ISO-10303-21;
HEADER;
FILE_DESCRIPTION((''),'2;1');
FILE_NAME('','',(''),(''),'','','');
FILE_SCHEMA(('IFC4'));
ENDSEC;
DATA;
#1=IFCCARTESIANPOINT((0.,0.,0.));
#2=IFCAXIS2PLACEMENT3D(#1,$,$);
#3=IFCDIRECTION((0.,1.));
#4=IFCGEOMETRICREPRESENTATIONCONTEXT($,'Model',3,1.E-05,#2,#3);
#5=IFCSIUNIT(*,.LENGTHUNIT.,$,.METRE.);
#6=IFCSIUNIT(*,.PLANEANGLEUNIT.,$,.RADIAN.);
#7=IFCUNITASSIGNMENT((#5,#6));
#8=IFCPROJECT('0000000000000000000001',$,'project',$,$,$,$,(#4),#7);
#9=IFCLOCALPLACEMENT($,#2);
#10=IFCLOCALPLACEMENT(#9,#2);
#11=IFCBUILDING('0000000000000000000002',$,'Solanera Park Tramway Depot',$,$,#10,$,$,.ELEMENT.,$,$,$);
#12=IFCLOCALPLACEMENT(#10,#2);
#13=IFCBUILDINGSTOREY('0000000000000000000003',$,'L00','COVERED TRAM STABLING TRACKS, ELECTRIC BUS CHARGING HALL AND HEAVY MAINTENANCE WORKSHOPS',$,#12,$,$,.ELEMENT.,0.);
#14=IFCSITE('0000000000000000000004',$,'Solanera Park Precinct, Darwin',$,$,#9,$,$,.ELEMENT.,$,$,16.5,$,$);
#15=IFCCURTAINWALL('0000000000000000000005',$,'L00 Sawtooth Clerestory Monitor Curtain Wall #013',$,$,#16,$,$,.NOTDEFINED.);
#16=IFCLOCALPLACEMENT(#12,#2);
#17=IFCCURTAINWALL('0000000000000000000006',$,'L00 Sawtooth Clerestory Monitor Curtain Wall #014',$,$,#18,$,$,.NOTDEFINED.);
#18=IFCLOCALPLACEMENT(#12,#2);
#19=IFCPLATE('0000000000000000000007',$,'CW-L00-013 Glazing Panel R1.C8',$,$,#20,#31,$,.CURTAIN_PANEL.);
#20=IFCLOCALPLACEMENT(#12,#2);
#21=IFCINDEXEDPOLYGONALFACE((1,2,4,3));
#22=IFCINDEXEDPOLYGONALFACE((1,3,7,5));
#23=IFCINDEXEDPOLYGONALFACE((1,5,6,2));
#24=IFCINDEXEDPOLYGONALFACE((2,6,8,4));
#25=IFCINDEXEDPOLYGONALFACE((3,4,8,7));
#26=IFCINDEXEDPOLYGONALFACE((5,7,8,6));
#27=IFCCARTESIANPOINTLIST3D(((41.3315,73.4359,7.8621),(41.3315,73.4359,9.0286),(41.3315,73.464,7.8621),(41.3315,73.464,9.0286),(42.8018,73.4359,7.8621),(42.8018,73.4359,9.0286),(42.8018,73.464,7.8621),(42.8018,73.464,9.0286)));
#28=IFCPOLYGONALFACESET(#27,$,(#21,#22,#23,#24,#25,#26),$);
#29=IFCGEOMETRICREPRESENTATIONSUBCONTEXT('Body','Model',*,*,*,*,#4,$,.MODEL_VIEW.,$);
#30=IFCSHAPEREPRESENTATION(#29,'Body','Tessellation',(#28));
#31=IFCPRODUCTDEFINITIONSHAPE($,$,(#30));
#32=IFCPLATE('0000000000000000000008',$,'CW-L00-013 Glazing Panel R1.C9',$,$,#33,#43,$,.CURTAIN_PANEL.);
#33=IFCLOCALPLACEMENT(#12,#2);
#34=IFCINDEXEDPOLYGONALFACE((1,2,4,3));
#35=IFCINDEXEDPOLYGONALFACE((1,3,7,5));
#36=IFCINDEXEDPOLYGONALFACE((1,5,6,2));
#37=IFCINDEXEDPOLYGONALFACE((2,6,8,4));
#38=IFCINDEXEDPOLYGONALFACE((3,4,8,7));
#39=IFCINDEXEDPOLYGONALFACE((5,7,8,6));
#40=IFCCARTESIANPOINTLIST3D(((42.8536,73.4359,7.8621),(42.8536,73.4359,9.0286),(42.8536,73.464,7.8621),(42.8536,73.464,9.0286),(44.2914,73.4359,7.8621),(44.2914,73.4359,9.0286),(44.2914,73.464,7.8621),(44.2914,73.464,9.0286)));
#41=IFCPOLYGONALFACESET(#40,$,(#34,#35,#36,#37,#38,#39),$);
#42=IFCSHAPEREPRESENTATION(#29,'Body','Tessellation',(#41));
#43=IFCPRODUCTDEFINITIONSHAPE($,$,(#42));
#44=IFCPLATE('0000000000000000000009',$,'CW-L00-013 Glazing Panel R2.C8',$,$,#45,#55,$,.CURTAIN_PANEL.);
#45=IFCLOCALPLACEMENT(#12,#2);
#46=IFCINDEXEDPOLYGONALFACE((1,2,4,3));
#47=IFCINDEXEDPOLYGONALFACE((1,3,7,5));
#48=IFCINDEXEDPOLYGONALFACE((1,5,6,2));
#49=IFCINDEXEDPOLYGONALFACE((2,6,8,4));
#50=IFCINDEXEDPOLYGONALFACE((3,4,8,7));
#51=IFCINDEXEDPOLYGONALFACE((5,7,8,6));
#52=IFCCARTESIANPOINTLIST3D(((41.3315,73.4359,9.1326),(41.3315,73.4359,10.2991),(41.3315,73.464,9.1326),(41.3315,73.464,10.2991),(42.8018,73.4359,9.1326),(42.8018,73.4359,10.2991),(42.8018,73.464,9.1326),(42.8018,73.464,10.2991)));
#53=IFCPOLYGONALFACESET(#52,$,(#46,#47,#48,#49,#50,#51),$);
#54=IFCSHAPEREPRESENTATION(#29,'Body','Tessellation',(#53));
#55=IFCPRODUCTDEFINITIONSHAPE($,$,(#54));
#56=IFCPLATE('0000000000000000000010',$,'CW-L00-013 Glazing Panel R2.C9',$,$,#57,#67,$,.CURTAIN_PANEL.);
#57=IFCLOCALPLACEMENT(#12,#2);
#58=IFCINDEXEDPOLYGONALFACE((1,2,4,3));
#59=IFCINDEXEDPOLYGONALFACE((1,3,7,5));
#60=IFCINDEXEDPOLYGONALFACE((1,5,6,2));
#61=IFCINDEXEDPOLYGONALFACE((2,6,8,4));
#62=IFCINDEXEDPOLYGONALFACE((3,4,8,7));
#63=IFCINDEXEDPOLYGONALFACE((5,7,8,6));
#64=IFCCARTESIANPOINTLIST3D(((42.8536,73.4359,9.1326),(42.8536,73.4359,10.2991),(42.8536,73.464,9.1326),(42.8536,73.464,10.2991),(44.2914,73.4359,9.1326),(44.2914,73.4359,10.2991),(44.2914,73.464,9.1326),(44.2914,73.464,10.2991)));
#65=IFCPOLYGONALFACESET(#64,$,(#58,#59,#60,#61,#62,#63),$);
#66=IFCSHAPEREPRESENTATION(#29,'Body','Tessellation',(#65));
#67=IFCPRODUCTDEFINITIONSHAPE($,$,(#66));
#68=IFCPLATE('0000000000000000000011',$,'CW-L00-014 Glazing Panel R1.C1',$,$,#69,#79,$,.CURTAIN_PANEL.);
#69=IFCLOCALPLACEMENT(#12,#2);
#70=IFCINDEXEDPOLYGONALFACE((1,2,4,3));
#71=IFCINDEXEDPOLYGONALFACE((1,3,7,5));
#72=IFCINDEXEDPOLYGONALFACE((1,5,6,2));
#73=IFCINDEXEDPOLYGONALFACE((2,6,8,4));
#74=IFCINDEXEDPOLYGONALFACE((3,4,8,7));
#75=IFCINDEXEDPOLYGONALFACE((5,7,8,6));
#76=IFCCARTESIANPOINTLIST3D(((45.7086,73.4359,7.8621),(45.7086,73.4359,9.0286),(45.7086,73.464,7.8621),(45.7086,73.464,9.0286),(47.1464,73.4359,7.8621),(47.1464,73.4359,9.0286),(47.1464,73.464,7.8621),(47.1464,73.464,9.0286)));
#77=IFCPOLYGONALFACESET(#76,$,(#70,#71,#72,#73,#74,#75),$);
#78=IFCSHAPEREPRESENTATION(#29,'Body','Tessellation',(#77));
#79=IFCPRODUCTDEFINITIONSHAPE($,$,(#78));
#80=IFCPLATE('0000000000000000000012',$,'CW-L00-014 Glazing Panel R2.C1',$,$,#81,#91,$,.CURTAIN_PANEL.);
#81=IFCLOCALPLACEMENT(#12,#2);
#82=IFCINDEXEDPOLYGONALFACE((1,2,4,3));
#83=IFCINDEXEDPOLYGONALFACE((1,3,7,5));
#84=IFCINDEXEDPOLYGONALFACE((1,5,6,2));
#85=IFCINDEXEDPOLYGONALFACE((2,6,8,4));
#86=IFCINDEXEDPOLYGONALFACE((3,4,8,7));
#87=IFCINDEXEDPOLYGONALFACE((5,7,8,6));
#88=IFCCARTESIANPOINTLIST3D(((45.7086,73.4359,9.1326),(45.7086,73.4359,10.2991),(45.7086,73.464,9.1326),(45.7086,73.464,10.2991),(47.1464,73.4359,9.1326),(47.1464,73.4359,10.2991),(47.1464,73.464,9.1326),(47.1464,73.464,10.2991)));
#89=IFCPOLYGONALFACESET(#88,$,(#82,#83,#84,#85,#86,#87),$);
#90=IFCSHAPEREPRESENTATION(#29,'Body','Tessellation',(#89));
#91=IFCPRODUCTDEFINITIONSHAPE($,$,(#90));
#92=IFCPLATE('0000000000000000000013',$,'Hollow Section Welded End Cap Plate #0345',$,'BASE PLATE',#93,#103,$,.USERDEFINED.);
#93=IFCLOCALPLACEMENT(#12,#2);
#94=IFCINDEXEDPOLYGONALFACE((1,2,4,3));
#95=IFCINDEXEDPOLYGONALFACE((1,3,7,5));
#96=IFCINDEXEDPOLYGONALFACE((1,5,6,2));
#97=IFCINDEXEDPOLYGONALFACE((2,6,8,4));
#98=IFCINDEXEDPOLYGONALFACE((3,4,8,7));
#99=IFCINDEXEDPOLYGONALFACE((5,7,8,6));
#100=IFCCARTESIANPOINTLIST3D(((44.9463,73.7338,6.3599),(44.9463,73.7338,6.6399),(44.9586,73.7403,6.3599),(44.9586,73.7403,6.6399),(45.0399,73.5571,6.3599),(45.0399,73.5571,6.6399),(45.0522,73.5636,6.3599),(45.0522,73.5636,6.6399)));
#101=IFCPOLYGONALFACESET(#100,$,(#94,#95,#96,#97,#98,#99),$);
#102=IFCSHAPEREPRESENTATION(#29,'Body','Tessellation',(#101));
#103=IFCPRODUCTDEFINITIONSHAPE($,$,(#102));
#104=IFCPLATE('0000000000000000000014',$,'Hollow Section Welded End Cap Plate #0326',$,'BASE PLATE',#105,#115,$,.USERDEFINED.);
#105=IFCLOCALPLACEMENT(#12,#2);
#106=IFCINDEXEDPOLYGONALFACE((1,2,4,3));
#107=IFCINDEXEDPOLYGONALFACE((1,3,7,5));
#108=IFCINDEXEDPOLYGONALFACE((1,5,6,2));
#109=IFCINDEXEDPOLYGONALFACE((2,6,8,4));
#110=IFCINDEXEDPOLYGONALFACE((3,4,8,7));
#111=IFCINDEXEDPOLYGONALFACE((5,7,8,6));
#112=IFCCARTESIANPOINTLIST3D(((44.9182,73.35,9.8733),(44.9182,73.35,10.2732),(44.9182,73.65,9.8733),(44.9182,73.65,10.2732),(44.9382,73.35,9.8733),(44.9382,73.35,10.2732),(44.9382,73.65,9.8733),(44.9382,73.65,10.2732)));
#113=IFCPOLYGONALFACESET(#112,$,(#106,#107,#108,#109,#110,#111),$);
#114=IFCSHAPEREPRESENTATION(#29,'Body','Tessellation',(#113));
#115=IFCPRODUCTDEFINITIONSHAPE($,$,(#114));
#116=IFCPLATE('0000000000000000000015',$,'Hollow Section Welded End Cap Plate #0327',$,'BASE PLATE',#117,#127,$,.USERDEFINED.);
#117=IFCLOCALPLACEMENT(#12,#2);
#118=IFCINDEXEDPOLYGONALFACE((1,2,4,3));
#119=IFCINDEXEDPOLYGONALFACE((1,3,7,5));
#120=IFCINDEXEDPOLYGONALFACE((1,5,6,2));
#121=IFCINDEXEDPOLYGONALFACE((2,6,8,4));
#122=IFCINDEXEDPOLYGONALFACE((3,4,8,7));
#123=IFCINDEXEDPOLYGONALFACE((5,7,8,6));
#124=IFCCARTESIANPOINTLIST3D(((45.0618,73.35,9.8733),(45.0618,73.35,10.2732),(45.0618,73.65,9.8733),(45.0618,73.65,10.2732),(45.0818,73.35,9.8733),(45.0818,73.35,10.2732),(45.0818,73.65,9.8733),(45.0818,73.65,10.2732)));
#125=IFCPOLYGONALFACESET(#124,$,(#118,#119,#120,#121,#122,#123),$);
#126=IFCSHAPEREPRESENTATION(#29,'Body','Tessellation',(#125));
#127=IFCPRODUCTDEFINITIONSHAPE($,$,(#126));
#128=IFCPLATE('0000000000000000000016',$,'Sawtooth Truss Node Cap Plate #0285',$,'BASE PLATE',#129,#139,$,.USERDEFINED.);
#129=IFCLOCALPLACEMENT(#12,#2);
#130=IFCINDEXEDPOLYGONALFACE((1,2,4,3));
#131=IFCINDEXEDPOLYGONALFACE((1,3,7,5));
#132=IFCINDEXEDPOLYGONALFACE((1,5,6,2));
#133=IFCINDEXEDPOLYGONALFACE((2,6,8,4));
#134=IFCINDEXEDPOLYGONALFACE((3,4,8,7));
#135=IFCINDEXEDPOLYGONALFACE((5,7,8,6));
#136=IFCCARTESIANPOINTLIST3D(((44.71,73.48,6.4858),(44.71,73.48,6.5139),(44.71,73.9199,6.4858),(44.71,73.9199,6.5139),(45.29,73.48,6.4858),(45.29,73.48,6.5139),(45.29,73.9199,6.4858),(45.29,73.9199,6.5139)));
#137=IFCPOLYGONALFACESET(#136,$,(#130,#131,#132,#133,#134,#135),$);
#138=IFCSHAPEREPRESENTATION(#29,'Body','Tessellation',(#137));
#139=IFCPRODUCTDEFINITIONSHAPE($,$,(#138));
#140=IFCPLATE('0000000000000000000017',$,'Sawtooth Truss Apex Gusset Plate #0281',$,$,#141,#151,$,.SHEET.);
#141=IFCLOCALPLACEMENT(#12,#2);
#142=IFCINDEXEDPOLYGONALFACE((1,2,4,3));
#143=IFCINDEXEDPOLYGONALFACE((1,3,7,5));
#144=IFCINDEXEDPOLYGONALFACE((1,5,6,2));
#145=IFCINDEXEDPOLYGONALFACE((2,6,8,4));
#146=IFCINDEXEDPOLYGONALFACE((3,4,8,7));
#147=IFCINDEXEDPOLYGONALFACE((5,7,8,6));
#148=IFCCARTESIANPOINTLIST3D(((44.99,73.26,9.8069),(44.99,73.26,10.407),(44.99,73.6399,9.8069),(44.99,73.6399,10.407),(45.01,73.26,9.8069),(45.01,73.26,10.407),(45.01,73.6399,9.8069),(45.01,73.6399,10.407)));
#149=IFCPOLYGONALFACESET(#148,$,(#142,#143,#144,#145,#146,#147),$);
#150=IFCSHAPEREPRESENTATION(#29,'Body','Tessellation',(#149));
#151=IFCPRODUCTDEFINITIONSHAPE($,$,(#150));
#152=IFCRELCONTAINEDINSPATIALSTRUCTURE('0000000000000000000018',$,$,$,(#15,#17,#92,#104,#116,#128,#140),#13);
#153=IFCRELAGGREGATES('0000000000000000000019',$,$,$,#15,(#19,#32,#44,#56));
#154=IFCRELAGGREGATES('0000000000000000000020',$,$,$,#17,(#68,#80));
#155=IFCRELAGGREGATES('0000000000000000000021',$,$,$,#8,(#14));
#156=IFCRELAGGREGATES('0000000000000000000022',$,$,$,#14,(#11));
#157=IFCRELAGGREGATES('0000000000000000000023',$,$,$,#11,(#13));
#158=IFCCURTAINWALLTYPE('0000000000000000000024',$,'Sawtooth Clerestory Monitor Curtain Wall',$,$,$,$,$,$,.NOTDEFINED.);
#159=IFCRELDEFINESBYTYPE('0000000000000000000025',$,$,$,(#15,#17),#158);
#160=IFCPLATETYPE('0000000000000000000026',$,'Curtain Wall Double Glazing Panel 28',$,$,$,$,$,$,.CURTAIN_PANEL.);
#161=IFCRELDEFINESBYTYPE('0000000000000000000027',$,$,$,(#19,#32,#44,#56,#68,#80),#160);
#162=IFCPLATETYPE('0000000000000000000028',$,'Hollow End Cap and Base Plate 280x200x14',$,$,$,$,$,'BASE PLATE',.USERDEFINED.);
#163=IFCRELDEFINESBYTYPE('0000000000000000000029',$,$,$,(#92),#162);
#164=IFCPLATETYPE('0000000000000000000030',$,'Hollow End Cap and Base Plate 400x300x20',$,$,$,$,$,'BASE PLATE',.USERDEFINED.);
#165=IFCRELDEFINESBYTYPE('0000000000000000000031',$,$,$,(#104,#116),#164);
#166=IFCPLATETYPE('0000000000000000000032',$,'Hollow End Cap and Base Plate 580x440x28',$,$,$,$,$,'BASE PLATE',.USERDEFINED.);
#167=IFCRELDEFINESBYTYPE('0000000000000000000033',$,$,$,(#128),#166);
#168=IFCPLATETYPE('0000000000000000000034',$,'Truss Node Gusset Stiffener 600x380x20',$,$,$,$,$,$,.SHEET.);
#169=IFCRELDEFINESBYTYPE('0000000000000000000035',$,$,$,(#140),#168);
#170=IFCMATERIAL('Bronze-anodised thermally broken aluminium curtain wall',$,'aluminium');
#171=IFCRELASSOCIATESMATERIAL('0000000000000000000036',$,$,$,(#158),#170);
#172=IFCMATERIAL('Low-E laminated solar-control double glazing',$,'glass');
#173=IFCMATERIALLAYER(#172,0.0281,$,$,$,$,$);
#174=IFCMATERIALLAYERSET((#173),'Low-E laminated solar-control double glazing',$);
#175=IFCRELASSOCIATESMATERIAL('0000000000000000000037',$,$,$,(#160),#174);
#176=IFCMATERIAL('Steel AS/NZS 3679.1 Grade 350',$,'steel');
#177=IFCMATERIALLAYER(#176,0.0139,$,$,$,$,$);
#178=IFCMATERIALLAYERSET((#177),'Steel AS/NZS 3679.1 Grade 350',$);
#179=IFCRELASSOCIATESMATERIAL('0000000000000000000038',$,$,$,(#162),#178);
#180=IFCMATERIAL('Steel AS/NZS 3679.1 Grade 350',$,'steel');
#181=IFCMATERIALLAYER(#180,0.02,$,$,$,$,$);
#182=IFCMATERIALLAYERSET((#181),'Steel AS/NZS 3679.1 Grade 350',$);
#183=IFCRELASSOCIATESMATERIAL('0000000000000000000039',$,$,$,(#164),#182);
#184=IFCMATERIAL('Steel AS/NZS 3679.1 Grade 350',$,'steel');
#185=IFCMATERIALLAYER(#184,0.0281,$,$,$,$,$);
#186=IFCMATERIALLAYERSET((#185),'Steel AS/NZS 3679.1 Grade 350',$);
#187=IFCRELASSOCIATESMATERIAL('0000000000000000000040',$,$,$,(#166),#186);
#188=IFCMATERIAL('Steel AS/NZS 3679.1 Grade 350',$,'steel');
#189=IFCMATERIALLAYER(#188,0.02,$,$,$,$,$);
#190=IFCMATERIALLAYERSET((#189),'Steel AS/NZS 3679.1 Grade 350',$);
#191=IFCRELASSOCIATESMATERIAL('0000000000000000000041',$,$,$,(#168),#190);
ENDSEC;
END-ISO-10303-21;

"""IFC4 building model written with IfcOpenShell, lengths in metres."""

from ifc_helpers import new_model, si_unit, direction, frame, origin, origin_2d, place, context, subcontext, project, spatial, rectangle, extrude, material, layer, layer_set, type_object, element, aggregate, save


model = new_model("IFC4")

# Units and contexts
model_context = context("Model", 3, precision=1e-05, world=origin(), true_north=direction((0.0, 1.0)))
body_context = subcontext(model_context, "Body", "Model", "MODEL_VIEW")
ifc_project = project(units=[si_unit("LENGTHUNIT", "METRE"), si_unit("PLANEANGLEUNIT", "RADIAN")], contexts=[model_context])

# Site, building, storey
site_placement = place(None, origin())
site = spatial("IfcSite", under=ifc_project, at=site_placement, Name="Solanera Park Precinct, Darwin", CompositionType="ELEMENT", RefElevation=16.5)
building_placement = place(site_placement, origin())
building = spatial("IfcBuilding", under=site, at=building_placement, Name="Solanera Park Tramway Depot", CompositionType="ELEMENT")
storey_placement = place(building_placement, origin())
storey = spatial("IfcBuildingStorey", under=building, at=storey_placement, Name="L00", Description="COVERED TRAM STABLING TRACKS, ELECTRIC BUS CHARGING HALL AND HEAVY MAINTENANCE WORKSHOPS", CompositionType="ELEMENT", Elevation=0.0)

# Curtain walls
ifc_material_1 = material(Name="Bronze-anodised thermally broken aluminium curtain wall", Category="aluminium")
curtain_wall_type = type_object("IfcCurtainWallType", Name="Sawtooth Clerestory Monitor Curtain Wall", PredefinedType="NOTDEFINED", material=ifc_material_1)
curtain_wall_1_placement = place(storey_placement, origin())
curtain_wall_1 = element("IfcCurtainWall", 1, at=curtain_wall_1_placement, inside=storey, type_object=curtain_wall_type, Name="L00 Sawtooth Clerestory Monitor Curtain Wall #013", PredefinedType="NOTDEFINED")
curtain_wall_2_placement = place(storey_placement, origin())
curtain_wall_2 = element("IfcCurtainWall", 2, at=curtain_wall_2_placement, inside=storey, type_object=curtain_wall_type, Name="L00 Sawtooth Clerestory Monitor Curtain Wall #014", PredefinedType="NOTDEFINED")

# Plates
ifc_material_2 = material(Name="Low-E laminated solar-control double glazing", Category="glass")
ifc_layer_1 = layer(ifc_material_2, 0.0281)
ifc_layer_set_1 = layer_set([ifc_layer_1], Name="Low-E laminated solar-control double glazing")
plate_type_1 = type_object("IfcPlateType", Name="Curtain Wall Double Glazing Panel 28", PredefinedType="CURTAIN_PANEL", material=ifc_layer_set_1)
plate_1_placement = place(storey_placement, frame((42.0667, 73.45, 7.8621), z_axis=(0.0, 0.0, 1.0), x_axis=(1.0, 0.0, 0.0)))
plate_1 = element("IfcPlate", 3, at=plate_1_placement, type_object=plate_type_1, Name="CW-L00-013 Glazing Panel R1.C8", PredefinedType="CURTAIN_PANEL", context=body_context, shape_type="SweptSolid", body=[
    extrude(rectangle(XDim=1.4702, YDim=0.0281, at=origin_2d()), origin(), (0.0, 0.0, 1.0), 1.1665),
])
plate_2_placement = place(storey_placement, frame((43.5725, 73.45, 7.8621), z_axis=(0.0, 0.0, 1.0), x_axis=(1.0, 0.0, 0.0)))
plate_2 = element("IfcPlate", 4, at=plate_2_placement, type_object=plate_type_1, Name="CW-L00-013 Glazing Panel R1.C9", PredefinedType="CURTAIN_PANEL", context=body_context, shape_type="SweptSolid", body=[
    extrude(rectangle(XDim=1.4377, YDim=0.0281, at=origin_2d()), origin(), (0.0, 0.0, 1.0), 1.1665),
])
plate_3_placement = place(storey_placement, frame((42.0667, 73.45, 9.1326), z_axis=(0.0, 0.0, 1.0), x_axis=(1.0, 0.0, 0.0)))
plate_3 = element("IfcPlate", 5, at=plate_3_placement, type_object=plate_type_1, Name="CW-L00-013 Glazing Panel R2.C8", PredefinedType="CURTAIN_PANEL", context=body_context, shape_type="SweptSolid", body=[
    extrude(rectangle(XDim=1.4702, YDim=0.0281, at=origin_2d()), origin(), (0.0, 0.0, 1.0), 1.1665),
])
plate_4_placement = place(storey_placement, frame((43.5725, 73.45, 9.1326), z_axis=(0.0, 0.0, 1.0), x_axis=(1.0, 0.0, 0.0)))
plate_4 = element("IfcPlate", 6, at=plate_4_placement, type_object=plate_type_1, Name="CW-L00-013 Glazing Panel R2.C9", PredefinedType="CURTAIN_PANEL", context=body_context, shape_type="SweptSolid", body=[
    extrude(rectangle(XDim=1.4377, YDim=0.0281, at=origin_2d()), origin(), (0.0, 0.0, 1.0), 1.1665),
])
aggregate(curtain_wall_1, [plate_1, plate_2, plate_3, plate_4])
plate_5_placement = place(storey_placement, frame((46.4275, 73.45, 7.8621), z_axis=(0.0, 0.0, 1.0), x_axis=(1.0, 0.0, 0.0)))
plate_5 = element("IfcPlate", 7, at=plate_5_placement, type_object=plate_type_1, Name="CW-L00-014 Glazing Panel R1.C1", PredefinedType="CURTAIN_PANEL", context=body_context, shape_type="SweptSolid", body=[
    extrude(rectangle(XDim=1.4377, YDim=0.0281, at=origin_2d()), origin(), (0.0, 0.0, 1.0), 1.1665),
])
plate_6_placement = place(storey_placement, frame((46.4275, 73.45, 9.1326), z_axis=(0.0, 0.0, 1.0), x_axis=(1.0, 0.0, 0.0)))
plate_6 = element("IfcPlate", 8, at=plate_6_placement, type_object=plate_type_1, Name="CW-L00-014 Glazing Panel R2.C1", PredefinedType="CURTAIN_PANEL", context=body_context, shape_type="SweptSolid", body=[
    extrude(rectangle(XDim=1.4377, YDim=0.0281, at=origin_2d()), origin(), (0.0, 0.0, 1.0), 1.1665),
])
aggregate(curtain_wall_2, [plate_5, plate_6])

# Plates
ifc_material_3 = material(Name="Steel AS/NZS 3679.1 Grade 350", Category="steel")
ifc_layer_2 = layer(ifc_material_3, 0.0139)
ifc_layer_set_2 = layer_set([ifc_layer_2], Name="Steel AS/NZS 3679.1 Grade 350")
plate_type_2 = type_object("IfcPlateType", Name="Hollow End Cap and Base Plate 280x200x14", ElementType="BASE PLATE", PredefinedType="USERDEFINED", material=ifc_layer_set_2)
plate_7_placement = place(storey_placement, frame((44.9993, 73.6487, 6.3599), z_axis=(0.0, 0.0, 1.0), x_axis=(0.883521, 0.468392, 0.0)))
element("IfcPlate", 9, at=plate_7_placement, inside=storey, type_object=plate_type_2, Name="Hollow Section Welded End Cap Plate #0345", ObjectType="BASE PLATE", PredefinedType="USERDEFINED", context=body_context, shape_type="SweptSolid", body=[
    extrude(rectangle(XDim=0.0139, YDim=0.2, at=origin_2d()), origin(), (0.0, 0.0, 1.0), 0.28),
])
ifc_material_4 = material(Name="Steel AS/NZS 3679.1 Grade 350", Category="steel")
ifc_layer_3 = layer(ifc_material_4, 0.02)
ifc_layer_set_3 = layer_set([ifc_layer_3], Name="Steel AS/NZS 3679.1 Grade 350")
plate_type_3 = type_object("IfcPlateType", Name="Hollow End Cap and Base Plate 400x300x20", ElementType="BASE PLATE", PredefinedType="USERDEFINED", material=ifc_layer_set_3)
for number, where, z_axis, x_axis, name in (
    (10, (44.9282, 73.5, 9.8733), (0.0, 0.0, 1.0), (1.0, 0.0, 0.0), "Hollow Section Welded End Cap Plate #0326"),
    (11, (45.0718, 73.5, 9.8733), (0.0, 0.0, 1.0), (1.0, 0.0, 0.0), "Hollow Section Welded End Cap Plate #0327"),
):
    element("IfcPlate", number, at=place(storey_placement, frame(where, z_axis=z_axis, x_axis=x_axis)), inside=storey, type_object=plate_type_3, Name=name, ObjectType="BASE PLATE", PredefinedType="USERDEFINED", context=body_context, shape_type="SweptSolid", body=[
        extrude(rectangle(XDim=0.02, YDim=0.3, at=origin_2d()), origin(), (0.0, 0.0, 1.0), 0.3999),
    ])
ifc_material_5 = material(Name="Steel AS/NZS 3679.1 Grade 350", Category="steel")
ifc_layer_4 = layer(ifc_material_5, 0.0281)
ifc_layer_set_4 = layer_set([ifc_layer_4], Name="Steel AS/NZS 3679.1 Grade 350")
plate_type_4 = type_object("IfcPlateType", Name="Hollow End Cap and Base Plate 580x440x28", ElementType="BASE PLATE", PredefinedType="USERDEFINED", material=ifc_layer_set_4)
plate_8_placement = place(storey_placement, frame((45.0, 73.7, 6.4858), z_axis=(0.0, 0.0, 1.0), x_axis=(1.0, 0.0, 0.0)))
element("IfcPlate", 12, at=plate_8_placement, inside=storey, type_object=plate_type_4, Name="Sawtooth Truss Node Cap Plate #0285", ObjectType="BASE PLATE", PredefinedType="USERDEFINED", context=body_context, shape_type="SweptSolid", body=[
    extrude(rectangle(XDim=0.5801, YDim=0.4399, at=origin_2d()), origin(), (0.0, 0.0, 1.0), 0.0281),
])
ifc_material_6 = material(Name="Steel AS/NZS 3679.1 Grade 350", Category="steel")
ifc_layer_5 = layer(ifc_material_6, 0.02)
ifc_layer_set_5 = layer_set([ifc_layer_5], Name="Steel AS/NZS 3679.1 Grade 350")
plate_type_5 = type_object("IfcPlateType", Name="Truss Node Gusset Stiffener 600x380x20", PredefinedType="SHEET", material=ifc_layer_set_5)
plate_9_placement = place(storey_placement, frame((45.0, 73.45, 9.8069), z_axis=(0.0, 0.0, 1.0), x_axis=(1.0, 0.0, 0.0)))
element("IfcPlate", 13, at=plate_9_placement, inside=storey, type_object=plate_type_5, Name="Sawtooth Truss Apex Gusset Plate #0281", PredefinedType="SHEET", context=body_context, shape_type="SweptSolid", body=[
    extrude(rectangle(XDim=0.02, YDim=0.3799, at=origin_2d()), origin(), (0.0, 0.0, 1.0), 0.6001),
])

save(model, "model.ifc")
